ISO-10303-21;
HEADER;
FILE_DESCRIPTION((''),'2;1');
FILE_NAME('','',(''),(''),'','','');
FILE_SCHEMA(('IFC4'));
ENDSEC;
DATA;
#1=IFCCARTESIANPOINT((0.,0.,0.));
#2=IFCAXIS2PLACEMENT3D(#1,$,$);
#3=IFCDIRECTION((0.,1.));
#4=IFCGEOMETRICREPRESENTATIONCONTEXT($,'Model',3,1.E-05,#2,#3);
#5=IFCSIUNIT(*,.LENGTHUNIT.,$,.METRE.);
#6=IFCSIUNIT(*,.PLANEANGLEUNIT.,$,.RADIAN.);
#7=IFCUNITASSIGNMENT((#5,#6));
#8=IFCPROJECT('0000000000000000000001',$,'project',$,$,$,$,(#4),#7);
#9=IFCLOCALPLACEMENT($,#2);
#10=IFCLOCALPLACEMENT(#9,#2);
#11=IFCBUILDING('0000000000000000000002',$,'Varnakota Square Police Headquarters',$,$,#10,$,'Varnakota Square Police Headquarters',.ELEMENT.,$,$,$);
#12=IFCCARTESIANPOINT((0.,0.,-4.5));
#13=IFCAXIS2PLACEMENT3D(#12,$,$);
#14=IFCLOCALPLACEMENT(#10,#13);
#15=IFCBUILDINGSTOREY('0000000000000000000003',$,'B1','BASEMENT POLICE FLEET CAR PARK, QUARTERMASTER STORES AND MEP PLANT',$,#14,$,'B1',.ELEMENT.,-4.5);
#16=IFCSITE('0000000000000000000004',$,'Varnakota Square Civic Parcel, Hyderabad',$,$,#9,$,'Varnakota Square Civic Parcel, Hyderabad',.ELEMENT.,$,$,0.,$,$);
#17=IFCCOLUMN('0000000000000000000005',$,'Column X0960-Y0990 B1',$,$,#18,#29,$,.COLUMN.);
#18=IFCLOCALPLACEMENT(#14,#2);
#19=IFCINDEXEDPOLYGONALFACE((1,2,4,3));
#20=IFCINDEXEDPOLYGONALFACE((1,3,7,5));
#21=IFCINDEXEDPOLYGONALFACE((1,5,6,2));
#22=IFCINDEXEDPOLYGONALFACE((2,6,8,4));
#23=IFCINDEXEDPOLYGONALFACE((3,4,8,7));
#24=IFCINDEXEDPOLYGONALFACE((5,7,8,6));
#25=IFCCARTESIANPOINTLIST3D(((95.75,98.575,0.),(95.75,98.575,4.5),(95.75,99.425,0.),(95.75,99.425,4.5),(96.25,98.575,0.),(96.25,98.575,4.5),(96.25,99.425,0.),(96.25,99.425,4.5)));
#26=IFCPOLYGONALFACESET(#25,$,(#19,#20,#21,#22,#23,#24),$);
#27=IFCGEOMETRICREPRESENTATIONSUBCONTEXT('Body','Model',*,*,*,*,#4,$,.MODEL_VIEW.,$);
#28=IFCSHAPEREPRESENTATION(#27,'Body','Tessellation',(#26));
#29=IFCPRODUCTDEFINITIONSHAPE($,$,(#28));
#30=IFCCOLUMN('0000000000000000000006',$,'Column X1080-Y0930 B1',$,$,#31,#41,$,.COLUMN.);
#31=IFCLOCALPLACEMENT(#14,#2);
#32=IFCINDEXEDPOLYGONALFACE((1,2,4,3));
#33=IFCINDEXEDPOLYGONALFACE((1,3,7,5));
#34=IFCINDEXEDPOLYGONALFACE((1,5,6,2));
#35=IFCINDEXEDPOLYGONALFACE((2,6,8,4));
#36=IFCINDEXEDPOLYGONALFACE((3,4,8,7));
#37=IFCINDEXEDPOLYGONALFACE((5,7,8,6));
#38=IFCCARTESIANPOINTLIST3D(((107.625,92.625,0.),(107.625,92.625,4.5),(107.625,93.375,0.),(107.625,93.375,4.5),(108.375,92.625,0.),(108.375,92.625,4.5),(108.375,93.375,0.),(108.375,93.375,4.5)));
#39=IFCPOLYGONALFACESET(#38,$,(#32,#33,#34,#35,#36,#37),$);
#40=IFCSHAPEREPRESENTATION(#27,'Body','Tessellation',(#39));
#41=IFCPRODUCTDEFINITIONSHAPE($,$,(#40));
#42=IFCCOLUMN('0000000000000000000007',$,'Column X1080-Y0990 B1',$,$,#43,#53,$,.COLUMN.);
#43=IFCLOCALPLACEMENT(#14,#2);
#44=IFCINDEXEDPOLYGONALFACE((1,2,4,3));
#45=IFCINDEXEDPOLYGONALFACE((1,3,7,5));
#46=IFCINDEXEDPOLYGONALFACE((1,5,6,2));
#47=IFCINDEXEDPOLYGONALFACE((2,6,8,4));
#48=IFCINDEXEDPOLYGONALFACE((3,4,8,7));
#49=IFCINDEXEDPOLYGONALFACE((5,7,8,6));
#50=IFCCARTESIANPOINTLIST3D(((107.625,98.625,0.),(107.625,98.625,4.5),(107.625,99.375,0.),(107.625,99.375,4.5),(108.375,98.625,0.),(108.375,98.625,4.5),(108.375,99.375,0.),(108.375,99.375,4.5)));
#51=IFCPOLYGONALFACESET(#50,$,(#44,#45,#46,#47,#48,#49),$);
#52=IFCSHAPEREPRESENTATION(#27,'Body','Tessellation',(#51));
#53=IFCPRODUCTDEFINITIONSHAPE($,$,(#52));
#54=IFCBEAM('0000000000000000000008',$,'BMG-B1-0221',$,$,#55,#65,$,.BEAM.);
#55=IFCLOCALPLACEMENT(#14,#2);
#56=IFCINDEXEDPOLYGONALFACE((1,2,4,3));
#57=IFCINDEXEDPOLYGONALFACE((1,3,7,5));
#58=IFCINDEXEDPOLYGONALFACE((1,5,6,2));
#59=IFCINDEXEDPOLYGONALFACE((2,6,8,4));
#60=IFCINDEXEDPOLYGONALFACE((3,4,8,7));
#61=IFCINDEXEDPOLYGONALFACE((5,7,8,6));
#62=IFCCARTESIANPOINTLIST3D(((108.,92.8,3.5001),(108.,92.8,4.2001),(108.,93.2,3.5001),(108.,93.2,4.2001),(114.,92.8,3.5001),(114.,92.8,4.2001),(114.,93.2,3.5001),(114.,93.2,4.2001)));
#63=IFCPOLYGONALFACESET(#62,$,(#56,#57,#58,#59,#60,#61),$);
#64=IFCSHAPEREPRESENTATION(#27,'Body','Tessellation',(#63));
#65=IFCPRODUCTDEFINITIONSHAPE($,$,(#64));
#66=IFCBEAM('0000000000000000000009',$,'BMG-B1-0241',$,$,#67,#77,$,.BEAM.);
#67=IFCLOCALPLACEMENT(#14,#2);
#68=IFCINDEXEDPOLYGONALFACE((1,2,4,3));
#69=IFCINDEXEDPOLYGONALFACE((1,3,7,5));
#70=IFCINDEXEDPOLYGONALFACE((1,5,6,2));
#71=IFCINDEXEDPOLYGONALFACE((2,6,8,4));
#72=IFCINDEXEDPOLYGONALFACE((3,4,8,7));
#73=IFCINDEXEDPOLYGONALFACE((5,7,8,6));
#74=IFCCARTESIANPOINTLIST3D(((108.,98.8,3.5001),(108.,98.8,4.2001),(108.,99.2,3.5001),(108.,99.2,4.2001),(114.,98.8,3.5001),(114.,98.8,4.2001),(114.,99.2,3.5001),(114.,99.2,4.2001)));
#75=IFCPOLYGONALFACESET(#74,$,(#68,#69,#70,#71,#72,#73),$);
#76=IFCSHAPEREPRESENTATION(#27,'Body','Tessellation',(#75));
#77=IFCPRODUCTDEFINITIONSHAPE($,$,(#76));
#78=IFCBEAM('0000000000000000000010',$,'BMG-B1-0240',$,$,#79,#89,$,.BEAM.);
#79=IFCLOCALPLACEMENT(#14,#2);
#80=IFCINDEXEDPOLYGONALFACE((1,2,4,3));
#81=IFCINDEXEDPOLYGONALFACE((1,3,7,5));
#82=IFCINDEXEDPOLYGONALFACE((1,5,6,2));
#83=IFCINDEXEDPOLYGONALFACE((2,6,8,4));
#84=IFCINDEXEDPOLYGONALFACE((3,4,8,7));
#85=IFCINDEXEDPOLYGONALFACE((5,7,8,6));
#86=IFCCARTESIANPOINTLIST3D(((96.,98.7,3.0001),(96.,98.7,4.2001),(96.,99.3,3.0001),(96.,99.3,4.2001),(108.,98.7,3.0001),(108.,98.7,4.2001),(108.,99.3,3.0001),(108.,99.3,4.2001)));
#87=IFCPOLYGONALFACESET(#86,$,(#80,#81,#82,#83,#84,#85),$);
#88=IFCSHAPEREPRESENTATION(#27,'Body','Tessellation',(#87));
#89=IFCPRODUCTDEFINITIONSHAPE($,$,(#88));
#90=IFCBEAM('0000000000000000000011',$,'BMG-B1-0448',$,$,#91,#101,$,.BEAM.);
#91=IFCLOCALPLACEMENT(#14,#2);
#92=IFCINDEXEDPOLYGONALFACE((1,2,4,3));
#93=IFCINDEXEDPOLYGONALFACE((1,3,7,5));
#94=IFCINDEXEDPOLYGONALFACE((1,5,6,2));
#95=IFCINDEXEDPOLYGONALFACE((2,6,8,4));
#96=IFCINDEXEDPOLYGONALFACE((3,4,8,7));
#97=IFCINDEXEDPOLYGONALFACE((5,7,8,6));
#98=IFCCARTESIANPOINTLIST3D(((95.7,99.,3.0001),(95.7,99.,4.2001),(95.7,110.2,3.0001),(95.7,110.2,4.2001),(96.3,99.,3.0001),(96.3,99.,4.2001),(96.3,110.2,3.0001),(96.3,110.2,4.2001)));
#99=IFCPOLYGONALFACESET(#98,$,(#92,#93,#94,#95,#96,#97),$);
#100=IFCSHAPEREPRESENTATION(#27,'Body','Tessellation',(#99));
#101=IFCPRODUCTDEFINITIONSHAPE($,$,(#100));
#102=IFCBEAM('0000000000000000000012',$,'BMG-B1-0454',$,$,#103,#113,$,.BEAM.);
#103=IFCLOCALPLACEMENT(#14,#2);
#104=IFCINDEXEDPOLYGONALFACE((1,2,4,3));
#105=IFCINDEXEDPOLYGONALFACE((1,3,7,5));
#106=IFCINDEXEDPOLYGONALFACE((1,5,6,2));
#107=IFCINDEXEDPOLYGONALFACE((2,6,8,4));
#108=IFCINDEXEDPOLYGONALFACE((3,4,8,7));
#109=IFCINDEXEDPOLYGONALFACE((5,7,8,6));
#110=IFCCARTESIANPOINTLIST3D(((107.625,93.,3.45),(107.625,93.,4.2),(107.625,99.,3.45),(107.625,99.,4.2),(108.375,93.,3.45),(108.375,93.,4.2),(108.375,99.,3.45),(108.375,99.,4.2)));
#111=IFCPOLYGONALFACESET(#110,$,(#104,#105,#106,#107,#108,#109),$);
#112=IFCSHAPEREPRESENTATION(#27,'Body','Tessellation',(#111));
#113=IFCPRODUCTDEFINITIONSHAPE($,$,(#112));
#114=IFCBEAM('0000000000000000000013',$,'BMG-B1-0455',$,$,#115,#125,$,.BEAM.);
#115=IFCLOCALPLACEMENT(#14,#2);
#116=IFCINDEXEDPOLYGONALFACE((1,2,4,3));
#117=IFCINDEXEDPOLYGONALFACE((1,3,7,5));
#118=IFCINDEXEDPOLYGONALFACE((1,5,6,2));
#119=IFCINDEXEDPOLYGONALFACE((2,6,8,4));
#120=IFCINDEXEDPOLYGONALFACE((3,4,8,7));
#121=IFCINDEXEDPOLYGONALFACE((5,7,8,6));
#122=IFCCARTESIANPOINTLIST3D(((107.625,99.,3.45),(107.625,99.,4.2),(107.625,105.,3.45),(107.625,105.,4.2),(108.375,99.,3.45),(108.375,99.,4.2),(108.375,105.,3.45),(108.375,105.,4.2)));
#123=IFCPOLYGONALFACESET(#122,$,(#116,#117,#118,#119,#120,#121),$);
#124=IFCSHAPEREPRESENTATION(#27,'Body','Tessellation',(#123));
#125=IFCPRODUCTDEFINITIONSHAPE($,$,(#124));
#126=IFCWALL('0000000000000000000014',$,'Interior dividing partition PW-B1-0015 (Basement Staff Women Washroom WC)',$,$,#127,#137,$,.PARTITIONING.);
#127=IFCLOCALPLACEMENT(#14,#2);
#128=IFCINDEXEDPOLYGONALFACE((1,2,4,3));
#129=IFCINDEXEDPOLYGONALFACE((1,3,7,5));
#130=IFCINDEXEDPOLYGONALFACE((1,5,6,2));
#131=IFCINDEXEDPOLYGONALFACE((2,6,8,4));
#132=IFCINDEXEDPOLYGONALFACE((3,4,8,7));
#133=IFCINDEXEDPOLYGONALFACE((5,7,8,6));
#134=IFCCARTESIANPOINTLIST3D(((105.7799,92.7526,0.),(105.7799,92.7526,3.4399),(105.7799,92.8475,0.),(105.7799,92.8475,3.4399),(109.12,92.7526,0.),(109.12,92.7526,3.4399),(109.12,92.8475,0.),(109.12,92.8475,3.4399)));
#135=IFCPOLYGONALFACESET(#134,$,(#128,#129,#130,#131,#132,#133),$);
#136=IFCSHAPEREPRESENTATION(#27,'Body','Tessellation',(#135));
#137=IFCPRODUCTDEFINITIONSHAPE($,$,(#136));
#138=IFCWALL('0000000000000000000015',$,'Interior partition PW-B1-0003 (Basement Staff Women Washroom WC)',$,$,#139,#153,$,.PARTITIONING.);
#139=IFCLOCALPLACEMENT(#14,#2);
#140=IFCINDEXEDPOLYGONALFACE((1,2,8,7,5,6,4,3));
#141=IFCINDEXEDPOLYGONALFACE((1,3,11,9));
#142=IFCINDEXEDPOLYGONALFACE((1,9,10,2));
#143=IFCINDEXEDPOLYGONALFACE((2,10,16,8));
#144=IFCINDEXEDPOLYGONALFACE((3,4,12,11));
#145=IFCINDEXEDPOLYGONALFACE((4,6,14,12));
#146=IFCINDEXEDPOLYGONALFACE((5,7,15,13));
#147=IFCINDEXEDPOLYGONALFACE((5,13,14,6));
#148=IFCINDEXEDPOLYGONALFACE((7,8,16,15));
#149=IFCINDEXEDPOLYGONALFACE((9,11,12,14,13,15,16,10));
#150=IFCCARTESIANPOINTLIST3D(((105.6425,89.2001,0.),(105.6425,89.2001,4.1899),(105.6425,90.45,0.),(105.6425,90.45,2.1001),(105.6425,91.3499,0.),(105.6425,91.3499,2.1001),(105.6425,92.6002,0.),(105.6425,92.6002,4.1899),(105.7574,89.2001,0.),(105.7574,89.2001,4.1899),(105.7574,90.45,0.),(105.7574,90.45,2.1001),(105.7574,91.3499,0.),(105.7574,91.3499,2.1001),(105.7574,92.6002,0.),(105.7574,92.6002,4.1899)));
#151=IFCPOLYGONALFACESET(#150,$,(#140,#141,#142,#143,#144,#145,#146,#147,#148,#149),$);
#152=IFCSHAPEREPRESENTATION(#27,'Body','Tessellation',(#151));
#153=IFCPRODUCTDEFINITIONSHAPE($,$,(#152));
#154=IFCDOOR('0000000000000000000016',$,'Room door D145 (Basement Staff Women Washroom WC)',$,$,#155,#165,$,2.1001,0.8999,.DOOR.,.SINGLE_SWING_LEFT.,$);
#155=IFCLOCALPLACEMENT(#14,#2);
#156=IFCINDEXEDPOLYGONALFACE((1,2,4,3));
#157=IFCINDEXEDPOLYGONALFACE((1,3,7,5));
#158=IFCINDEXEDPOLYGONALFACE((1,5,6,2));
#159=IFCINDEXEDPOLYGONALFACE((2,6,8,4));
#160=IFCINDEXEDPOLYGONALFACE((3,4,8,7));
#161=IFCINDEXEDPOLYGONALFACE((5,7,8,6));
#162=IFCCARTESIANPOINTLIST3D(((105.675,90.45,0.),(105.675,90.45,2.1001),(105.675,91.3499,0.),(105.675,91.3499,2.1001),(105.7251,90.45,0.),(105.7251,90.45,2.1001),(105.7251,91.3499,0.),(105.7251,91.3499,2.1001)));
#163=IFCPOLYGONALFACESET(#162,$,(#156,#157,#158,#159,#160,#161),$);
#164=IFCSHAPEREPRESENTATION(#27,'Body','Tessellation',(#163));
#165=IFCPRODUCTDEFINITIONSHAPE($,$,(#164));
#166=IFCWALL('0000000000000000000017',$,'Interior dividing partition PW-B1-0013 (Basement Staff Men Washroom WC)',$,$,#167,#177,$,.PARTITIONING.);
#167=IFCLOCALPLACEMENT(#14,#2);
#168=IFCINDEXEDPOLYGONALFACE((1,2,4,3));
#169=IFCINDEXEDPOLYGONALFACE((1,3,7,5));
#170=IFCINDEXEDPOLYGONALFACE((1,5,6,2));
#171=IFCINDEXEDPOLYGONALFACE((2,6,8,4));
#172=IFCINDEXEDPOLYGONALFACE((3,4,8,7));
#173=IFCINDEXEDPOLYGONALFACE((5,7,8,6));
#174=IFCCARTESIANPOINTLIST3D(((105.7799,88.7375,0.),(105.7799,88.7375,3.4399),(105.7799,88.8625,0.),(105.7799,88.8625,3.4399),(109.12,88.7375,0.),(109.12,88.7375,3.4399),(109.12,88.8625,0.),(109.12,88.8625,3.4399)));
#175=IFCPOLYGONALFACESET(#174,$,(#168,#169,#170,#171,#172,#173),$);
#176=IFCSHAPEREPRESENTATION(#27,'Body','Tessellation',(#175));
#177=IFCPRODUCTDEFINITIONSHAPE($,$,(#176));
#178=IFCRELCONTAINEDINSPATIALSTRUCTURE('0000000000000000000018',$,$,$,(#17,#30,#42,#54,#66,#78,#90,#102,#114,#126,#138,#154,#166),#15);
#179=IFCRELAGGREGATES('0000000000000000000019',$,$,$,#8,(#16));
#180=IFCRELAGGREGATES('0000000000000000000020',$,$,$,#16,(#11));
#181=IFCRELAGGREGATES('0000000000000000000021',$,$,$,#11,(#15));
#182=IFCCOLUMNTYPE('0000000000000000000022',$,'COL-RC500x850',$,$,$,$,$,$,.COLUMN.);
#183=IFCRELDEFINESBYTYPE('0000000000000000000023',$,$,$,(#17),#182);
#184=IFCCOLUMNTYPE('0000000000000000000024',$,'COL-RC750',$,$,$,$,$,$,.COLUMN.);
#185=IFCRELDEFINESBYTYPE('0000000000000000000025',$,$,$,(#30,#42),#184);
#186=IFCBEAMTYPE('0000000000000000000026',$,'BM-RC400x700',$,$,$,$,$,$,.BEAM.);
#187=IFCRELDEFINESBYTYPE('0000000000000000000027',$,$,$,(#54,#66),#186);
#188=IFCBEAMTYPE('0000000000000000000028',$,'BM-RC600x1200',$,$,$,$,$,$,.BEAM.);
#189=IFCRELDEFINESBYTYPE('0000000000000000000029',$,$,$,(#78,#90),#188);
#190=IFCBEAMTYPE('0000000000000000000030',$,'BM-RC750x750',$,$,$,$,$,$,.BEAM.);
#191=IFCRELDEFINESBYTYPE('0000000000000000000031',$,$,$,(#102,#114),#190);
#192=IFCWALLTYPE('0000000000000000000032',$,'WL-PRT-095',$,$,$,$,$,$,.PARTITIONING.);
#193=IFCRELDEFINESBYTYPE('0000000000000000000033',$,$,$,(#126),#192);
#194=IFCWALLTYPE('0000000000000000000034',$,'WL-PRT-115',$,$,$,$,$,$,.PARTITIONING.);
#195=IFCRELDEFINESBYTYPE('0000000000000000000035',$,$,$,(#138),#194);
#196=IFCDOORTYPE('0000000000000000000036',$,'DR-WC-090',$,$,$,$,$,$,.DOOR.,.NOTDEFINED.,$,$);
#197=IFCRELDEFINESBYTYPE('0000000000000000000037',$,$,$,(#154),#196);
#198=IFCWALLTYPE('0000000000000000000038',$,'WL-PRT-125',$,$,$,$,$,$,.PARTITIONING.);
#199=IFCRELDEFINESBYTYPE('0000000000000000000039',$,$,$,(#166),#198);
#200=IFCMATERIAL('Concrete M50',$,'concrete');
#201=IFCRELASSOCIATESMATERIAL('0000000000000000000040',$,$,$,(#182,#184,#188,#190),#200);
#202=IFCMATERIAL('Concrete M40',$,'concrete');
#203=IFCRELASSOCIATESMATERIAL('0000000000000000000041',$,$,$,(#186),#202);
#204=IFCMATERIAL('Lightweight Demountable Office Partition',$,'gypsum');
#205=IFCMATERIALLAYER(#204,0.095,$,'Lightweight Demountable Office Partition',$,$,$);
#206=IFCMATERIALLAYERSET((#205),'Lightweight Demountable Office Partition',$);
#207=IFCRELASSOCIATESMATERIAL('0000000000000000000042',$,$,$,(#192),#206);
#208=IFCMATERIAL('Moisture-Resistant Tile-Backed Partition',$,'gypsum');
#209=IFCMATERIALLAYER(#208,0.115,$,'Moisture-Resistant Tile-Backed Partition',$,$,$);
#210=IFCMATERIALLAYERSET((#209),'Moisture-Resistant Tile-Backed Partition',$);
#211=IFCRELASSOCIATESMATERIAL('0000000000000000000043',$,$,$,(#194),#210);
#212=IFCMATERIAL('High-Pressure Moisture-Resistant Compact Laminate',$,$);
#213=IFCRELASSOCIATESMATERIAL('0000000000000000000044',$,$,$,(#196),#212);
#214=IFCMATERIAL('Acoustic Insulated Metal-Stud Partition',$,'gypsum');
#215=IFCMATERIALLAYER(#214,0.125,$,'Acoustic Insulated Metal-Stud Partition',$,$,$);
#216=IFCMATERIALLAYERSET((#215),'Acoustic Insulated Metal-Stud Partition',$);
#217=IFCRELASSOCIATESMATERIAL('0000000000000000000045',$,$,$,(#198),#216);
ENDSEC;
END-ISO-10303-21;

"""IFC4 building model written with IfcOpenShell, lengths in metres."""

from ifc_helpers import new_model, si_unit, direction, frame, frame_2d, origin, origin_2d, place, context, subcontext, project, spatial, rectangle, extrude, material, layer, layer_set, material_profile, profile_set, type_object, element, fill, save


model = new_model("IFC4")

# Units and contexts
model_context = context("Model", 3, precision=1e-05, world=origin(), true_north=direction((0.0, 1.0)))
body_context = subcontext(model_context, "Body", "Model", "MODEL_VIEW")
ifc_project = project(units=[si_unit("LENGTHUNIT", "METRE"), si_unit("PLANEANGLEUNIT", "RADIAN")], contexts=[model_context])

# Site, building, storey
site_placement = place(None, origin())
site = spatial("IfcSite", under=ifc_project, at=site_placement, Name="Varnakota Square Civic Parcel, Hyderabad", LongName="Varnakota Square Civic Parcel, Hyderabad", CompositionType="ELEMENT", RefElevation=0.0)
building_placement = place(site_placement, origin())
building = spatial("IfcBuilding", under=site, at=building_placement, Name="Varnakota Square Police Headquarters", LongName="Varnakota Square Police Headquarters", CompositionType="ELEMENT")
storey_placement = place(building_placement, frame((0.0, 0.0, -4.5)))
storey = spatial("IfcBuildingStorey", under=building, at=storey_placement, Name="B1", Description="BASEMENT POLICE FLEET CAR PARK, QUARTERMASTER STORES AND MEP PLANT", LongName="B1", CompositionType="ELEMENT", Elevation=-4.5)

# Shared definitions
ifc_material_1 = material(Name="Concrete M40", Category="concrete")
ifc_material_2 = material(Name="Concrete M50", Category="concrete")

# Columns
ifc_material_profile_1 = material_profile(ifc_material_2, rectangle(XDim=0.5, YDim=0.8501, at=origin_2d()), Name="RC 500x850")
ifc_profile_set_1 = profile_set([ifc_material_profile_1], Name="Concrete M50")
column_type_1 = type_object("IfcColumnType", Name="COL-RC500x850", PredefinedType="COLUMN", material=ifc_profile_set_1)
column_placement = place(storey_placement, frame((96.0, 99.0, 0.0), z_axis=(0.0, 0.0, 1.0), x_axis=(1.0, 0.0, 0.0)))
element("IfcColumn", 1, at=column_placement, inside=storey, type_object=column_type_1, Name="Column X0960-Y0990 B1", PredefinedType="COLUMN", context=body_context, shape_type="SweptSolid", body=[
    extrude(rectangle(XDim=0.5, YDim=0.8501, at=origin_2d()), origin(), (0.0, 0.0, 1.0), 4.5),
])
ifc_material_profile_2 = material_profile(ifc_material_2, rectangle(XDim=0.75, YDim=0.75, at=origin_2d()), Name="RC 750x750")
ifc_profile_set_2 = profile_set([ifc_material_profile_2], Name="Concrete M50")
column_type_2 = type_object("IfcColumnType", Name="COL-RC750", PredefinedType="COLUMN", material=ifc_profile_set_2)
for number, where, z_axis, x_axis, name in (
    (2, (108.0, 93.0, 0.0), (0.0, 0.0, 1.0), (1.0, 0.0, 0.0), "Column X1080-Y0930 B1"),
    (3, (108.0, 99.0, 0.0), (0.0, 0.0, 1.0), (1.0, 0.0, 0.0), "Column X1080-Y0990 B1"),
):
    element("IfcColumn", number, at=place(storey_placement, frame(where, z_axis=z_axis, x_axis=x_axis)), inside=storey, type_object=column_type_2, Name=name, PredefinedType="COLUMN", context=body_context, shape_type="SweptSolid", body=[
        extrude(rectangle(XDim=0.75, YDim=0.75, at=origin_2d()), origin(), (0.0, 0.0, 1.0), 4.5),
    ])

# Beams
ifc_material_profile_3 = material_profile(ifc_material_1, rectangle(XDim=0.3999, YDim=0.7, at=origin_2d()), Name="RC 400x700")
ifc_profile_set_3 = profile_set([ifc_material_profile_3], Name="Concrete M40")
beam_type_1 = type_object("IfcBeamType", Name="BM-RC400x700", PredefinedType="BEAM", material=ifc_profile_set_3)
for number, where, z_axis, x_axis, name in (
    (4, (108.0, 93.0, 3.8501), (1.0, 0.0, 0.0), (0.0, 1.0, 0.0), "BMG-B1-0221"),
    (5, (108.0, 99.0, 3.8501), (1.0, 0.0, 0.0), (0.0, 1.0, 0.0), "BMG-B1-0241"),
):
    element("IfcBeam", number, at=place(storey_placement, frame(where, z_axis=z_axis, x_axis=x_axis)), inside=storey, type_object=beam_type_1, Name=name, PredefinedType="BEAM", context=body_context, shape_type="SweptSolid", body=[
        extrude(rectangle(XDim=0.3999, YDim=0.7, at=origin_2d()), origin(), (0.0, 0.0, 1.0), 6.0),
    ])
ifc_material_profile_4 = material_profile(ifc_material_2, rectangle(XDim=0.6001, YDim=1.2, at=origin_2d()), Name="RC 600x1200")
ifc_profile_set_4 = profile_set([ifc_material_profile_4], Name="Concrete M50")
beam_type_2 = type_object("IfcBeamType", Name="BM-RC600x1200", PredefinedType="BEAM", material=ifc_profile_set_4)
beam_1_placement = place(storey_placement, frame((96.0, 99.0, 3.6001), z_axis=(1.0, 0.0, 0.0), x_axis=(0.0, 1.0, 0.0)))
element("IfcBeam", 6, at=beam_1_placement, inside=storey, type_object=beam_type_2, Name="BMG-B1-0240", PredefinedType="BEAM", context=body_context, shape_type="SweptSolid", body=[
    extrude(rectangle(XDim=0.6001, YDim=1.2, at=origin_2d()), origin(), (0.0, 0.0, 1.0), 12.0),
])
beam_2_placement = place(storey_placement, frame((96.0, 99.0, 3.6001), z_axis=(0.0, 1.0, 0.0), x_axis=(-1.0, 0.0, 0.0)))
element("IfcBeam", 7, at=beam_2_placement, inside=storey, type_object=beam_type_2, Name="BMG-B1-0448", PredefinedType="BEAM", context=body_context, shape_type="SweptSolid", body=[
    extrude(rectangle(XDim=0.6001, YDim=1.2, at=origin_2d()), origin(), (0.0, 0.0, 1.0), 11.2),
])
ifc_material_profile_5 = material_profile(ifc_material_2, rectangle(XDim=0.75, YDim=0.75, at=origin_2d()), Name="RC 750x750")
ifc_profile_set_5 = profile_set([ifc_material_profile_5], Name="Concrete M50")
beam_type_3 = type_object("IfcBeamType", Name="BM-RC750x750", PredefinedType="BEAM", material=ifc_profile_set_5)
for number, where, z_axis, x_axis, name in (
    (8, (108.0, 93.0, 3.825), (0.0, 1.0, 0.0), (-1.0, 0.0, 0.0), "BMG-B1-0454"),
    (9, (108.0, 99.0, 3.825), (0.0, 1.0, 0.0), (-1.0, 0.0, 0.0), "BMG-B1-0455"),
):
    element("IfcBeam", number, at=place(storey_placement, frame(where, z_axis=z_axis, x_axis=x_axis)), inside=storey, type_object=beam_type_3, Name=name, PredefinedType="BEAM", context=body_context, shape_type="SweptSolid", body=[
        extrude(rectangle(XDim=0.75, YDim=0.75, at=origin_2d()), origin(), (0.0, 0.0, 1.0), 6.0),
    ])

# Wall
ifc_material_3 = material(Name="Lightweight Demountable Office Partition", Category="gypsum")
ifc_layer_1 = layer(ifc_material_3, 0.095, Name="Lightweight Demountable Office Partition")
ifc_layer_set_1 = layer_set([ifc_layer_1], Name="Lightweight Demountable Office Partition")
wall_type_1 = type_object("IfcWallType", Name="WL-PRT-095", PredefinedType="PARTITIONING", material=ifc_layer_set_1)
wall_1_placement = place(storey_placement, frame((105.78, 92.8, 0.0), z_axis=(0.0, 0.0, 1.0), x_axis=(1.0, 0.0, 0.0)))
element("IfcWall", 10, at=wall_1_placement, inside=storey, type_object=wall_type_1, Name="Interior dividing partition PW-B1-0015 (Basement Staff Women Washroom WC)", PredefinedType="PARTITIONING", context=body_context, shape_type="SweptSolid", body=[
    extrude(rectangle(XDim=3.3401, YDim=0.095, at=frame_2d((1.6699, 0.0))), origin(), (0.0, 0.0, 1.0), 3.4399),
])

# Wall, opening, door
ifc_material_4 = material(Name="Moisture-Resistant Tile-Backed Partition", Category="gypsum")
ifc_layer_2 = layer(ifc_material_4, 0.115, Name="Moisture-Resistant Tile-Backed Partition")
ifc_layer_set_2 = layer_set([ifc_layer_2], Name="Moisture-Resistant Tile-Backed Partition")
wall_type_2 = type_object("IfcWallType", Name="WL-PRT-115", PredefinedType="PARTITIONING", material=ifc_layer_set_2)
wall_2_placement = place(storey_placement, frame((105.7, 89.2, 0.0), z_axis=(0.0, 0.0, 1.0), x_axis=(0.0, 1.0, 0.0)))
wall_2 = element("IfcWall", 11, at=wall_2_placement, inside=storey, type_object=wall_type_2, Name="Interior partition PW-B1-0003 (Basement Staff Women Washroom WC)", PredefinedType="PARTITIONING", context=body_context, shape_type="SweptSolid", body=[
    extrude(rectangle(XDim=3.4001, YDim=0.115, at=frame_2d((1.7002, 0.0))), origin(), (0.0, 0.0, 1.0), 4.1899),
])
opening_placement = place(wall_2_placement, frame((1.25, 0.0, 0.0)))
opening = element("IfcOpeningElement", 12, at=opening_placement, cuts=wall_2, PredefinedType="OPENING", context=body_context, shape_type="SweptSolid", body=[
    extrude(rectangle(XDim=0.8999, YDim=2.1001, at=frame_2d((0.45, 1.05))), frame((0.0, 0.0674, 0.0), z_axis=(0.0, -1.0, 0.0), x_axis=(1.0, 0.0, 0.0)), (0.0, 0.0, 1.0), 0.135),
])
ifc_material_5 = material(Name="High-Pressure Moisture-Resistant Compact Laminate")
door_type = type_object("IfcDoorType", Name="DR-WC-090", OperationType="NOTDEFINED", PredefinedType="DOOR", material=ifc_material_5)
door_placement = place(opening_placement, origin())
door = element("IfcDoor", 13, at=door_placement, inside=storey, type_object=door_type, Name="Room door D145 (Basement Staff Women Washroom WC)", OperationType="SINGLE_SWING_LEFT", OverallHeight=2.1001, OverallWidth=0.8999, PredefinedType="DOOR", context=body_context, shape_type="SweptSolid", body=[
    extrude(rectangle(XDim=0.8999, YDim=2.1001, at=frame_2d((0.45, 1.05))), frame((0.0, 0.0249, 0.0), z_axis=(0.0, -1.0, 0.0), x_axis=(1.0, 0.0, 0.0)), (0.0, 0.0, 1.0), 0.05),
])
fill(opening, door)

# Wall
ifc_material_6 = material(Name="Acoustic Insulated Metal-Stud Partition", Category="gypsum")
ifc_layer_3 = layer(ifc_material_6, 0.125, Name="Acoustic Insulated Metal-Stud Partition")
ifc_layer_set_3 = layer_set([ifc_layer_3], Name="Acoustic Insulated Metal-Stud Partition")
wall_type_3 = type_object("IfcWallType", Name="WL-PRT-125", PredefinedType="PARTITIONING", material=ifc_layer_set_3)
wall_3_placement = place(storey_placement, frame((105.78, 88.8, 0.0), z_axis=(0.0, 0.0, 1.0), x_axis=(1.0, 0.0, 0.0)))
element("IfcWall", 14, at=wall_3_placement, inside=storey, type_object=wall_type_3, Name="Interior dividing partition PW-B1-0013 (Basement Staff Men Washroom WC)", PredefinedType="PARTITIONING", context=body_context, shape_type="SweptSolid", body=[
    extrude(rectangle(XDim=3.3401, YDim=0.125, at=frame_2d((1.6699, 0.0))), origin(), (0.0, 0.0, 1.0), 3.4399),
])

save(model, "model.ifc")
